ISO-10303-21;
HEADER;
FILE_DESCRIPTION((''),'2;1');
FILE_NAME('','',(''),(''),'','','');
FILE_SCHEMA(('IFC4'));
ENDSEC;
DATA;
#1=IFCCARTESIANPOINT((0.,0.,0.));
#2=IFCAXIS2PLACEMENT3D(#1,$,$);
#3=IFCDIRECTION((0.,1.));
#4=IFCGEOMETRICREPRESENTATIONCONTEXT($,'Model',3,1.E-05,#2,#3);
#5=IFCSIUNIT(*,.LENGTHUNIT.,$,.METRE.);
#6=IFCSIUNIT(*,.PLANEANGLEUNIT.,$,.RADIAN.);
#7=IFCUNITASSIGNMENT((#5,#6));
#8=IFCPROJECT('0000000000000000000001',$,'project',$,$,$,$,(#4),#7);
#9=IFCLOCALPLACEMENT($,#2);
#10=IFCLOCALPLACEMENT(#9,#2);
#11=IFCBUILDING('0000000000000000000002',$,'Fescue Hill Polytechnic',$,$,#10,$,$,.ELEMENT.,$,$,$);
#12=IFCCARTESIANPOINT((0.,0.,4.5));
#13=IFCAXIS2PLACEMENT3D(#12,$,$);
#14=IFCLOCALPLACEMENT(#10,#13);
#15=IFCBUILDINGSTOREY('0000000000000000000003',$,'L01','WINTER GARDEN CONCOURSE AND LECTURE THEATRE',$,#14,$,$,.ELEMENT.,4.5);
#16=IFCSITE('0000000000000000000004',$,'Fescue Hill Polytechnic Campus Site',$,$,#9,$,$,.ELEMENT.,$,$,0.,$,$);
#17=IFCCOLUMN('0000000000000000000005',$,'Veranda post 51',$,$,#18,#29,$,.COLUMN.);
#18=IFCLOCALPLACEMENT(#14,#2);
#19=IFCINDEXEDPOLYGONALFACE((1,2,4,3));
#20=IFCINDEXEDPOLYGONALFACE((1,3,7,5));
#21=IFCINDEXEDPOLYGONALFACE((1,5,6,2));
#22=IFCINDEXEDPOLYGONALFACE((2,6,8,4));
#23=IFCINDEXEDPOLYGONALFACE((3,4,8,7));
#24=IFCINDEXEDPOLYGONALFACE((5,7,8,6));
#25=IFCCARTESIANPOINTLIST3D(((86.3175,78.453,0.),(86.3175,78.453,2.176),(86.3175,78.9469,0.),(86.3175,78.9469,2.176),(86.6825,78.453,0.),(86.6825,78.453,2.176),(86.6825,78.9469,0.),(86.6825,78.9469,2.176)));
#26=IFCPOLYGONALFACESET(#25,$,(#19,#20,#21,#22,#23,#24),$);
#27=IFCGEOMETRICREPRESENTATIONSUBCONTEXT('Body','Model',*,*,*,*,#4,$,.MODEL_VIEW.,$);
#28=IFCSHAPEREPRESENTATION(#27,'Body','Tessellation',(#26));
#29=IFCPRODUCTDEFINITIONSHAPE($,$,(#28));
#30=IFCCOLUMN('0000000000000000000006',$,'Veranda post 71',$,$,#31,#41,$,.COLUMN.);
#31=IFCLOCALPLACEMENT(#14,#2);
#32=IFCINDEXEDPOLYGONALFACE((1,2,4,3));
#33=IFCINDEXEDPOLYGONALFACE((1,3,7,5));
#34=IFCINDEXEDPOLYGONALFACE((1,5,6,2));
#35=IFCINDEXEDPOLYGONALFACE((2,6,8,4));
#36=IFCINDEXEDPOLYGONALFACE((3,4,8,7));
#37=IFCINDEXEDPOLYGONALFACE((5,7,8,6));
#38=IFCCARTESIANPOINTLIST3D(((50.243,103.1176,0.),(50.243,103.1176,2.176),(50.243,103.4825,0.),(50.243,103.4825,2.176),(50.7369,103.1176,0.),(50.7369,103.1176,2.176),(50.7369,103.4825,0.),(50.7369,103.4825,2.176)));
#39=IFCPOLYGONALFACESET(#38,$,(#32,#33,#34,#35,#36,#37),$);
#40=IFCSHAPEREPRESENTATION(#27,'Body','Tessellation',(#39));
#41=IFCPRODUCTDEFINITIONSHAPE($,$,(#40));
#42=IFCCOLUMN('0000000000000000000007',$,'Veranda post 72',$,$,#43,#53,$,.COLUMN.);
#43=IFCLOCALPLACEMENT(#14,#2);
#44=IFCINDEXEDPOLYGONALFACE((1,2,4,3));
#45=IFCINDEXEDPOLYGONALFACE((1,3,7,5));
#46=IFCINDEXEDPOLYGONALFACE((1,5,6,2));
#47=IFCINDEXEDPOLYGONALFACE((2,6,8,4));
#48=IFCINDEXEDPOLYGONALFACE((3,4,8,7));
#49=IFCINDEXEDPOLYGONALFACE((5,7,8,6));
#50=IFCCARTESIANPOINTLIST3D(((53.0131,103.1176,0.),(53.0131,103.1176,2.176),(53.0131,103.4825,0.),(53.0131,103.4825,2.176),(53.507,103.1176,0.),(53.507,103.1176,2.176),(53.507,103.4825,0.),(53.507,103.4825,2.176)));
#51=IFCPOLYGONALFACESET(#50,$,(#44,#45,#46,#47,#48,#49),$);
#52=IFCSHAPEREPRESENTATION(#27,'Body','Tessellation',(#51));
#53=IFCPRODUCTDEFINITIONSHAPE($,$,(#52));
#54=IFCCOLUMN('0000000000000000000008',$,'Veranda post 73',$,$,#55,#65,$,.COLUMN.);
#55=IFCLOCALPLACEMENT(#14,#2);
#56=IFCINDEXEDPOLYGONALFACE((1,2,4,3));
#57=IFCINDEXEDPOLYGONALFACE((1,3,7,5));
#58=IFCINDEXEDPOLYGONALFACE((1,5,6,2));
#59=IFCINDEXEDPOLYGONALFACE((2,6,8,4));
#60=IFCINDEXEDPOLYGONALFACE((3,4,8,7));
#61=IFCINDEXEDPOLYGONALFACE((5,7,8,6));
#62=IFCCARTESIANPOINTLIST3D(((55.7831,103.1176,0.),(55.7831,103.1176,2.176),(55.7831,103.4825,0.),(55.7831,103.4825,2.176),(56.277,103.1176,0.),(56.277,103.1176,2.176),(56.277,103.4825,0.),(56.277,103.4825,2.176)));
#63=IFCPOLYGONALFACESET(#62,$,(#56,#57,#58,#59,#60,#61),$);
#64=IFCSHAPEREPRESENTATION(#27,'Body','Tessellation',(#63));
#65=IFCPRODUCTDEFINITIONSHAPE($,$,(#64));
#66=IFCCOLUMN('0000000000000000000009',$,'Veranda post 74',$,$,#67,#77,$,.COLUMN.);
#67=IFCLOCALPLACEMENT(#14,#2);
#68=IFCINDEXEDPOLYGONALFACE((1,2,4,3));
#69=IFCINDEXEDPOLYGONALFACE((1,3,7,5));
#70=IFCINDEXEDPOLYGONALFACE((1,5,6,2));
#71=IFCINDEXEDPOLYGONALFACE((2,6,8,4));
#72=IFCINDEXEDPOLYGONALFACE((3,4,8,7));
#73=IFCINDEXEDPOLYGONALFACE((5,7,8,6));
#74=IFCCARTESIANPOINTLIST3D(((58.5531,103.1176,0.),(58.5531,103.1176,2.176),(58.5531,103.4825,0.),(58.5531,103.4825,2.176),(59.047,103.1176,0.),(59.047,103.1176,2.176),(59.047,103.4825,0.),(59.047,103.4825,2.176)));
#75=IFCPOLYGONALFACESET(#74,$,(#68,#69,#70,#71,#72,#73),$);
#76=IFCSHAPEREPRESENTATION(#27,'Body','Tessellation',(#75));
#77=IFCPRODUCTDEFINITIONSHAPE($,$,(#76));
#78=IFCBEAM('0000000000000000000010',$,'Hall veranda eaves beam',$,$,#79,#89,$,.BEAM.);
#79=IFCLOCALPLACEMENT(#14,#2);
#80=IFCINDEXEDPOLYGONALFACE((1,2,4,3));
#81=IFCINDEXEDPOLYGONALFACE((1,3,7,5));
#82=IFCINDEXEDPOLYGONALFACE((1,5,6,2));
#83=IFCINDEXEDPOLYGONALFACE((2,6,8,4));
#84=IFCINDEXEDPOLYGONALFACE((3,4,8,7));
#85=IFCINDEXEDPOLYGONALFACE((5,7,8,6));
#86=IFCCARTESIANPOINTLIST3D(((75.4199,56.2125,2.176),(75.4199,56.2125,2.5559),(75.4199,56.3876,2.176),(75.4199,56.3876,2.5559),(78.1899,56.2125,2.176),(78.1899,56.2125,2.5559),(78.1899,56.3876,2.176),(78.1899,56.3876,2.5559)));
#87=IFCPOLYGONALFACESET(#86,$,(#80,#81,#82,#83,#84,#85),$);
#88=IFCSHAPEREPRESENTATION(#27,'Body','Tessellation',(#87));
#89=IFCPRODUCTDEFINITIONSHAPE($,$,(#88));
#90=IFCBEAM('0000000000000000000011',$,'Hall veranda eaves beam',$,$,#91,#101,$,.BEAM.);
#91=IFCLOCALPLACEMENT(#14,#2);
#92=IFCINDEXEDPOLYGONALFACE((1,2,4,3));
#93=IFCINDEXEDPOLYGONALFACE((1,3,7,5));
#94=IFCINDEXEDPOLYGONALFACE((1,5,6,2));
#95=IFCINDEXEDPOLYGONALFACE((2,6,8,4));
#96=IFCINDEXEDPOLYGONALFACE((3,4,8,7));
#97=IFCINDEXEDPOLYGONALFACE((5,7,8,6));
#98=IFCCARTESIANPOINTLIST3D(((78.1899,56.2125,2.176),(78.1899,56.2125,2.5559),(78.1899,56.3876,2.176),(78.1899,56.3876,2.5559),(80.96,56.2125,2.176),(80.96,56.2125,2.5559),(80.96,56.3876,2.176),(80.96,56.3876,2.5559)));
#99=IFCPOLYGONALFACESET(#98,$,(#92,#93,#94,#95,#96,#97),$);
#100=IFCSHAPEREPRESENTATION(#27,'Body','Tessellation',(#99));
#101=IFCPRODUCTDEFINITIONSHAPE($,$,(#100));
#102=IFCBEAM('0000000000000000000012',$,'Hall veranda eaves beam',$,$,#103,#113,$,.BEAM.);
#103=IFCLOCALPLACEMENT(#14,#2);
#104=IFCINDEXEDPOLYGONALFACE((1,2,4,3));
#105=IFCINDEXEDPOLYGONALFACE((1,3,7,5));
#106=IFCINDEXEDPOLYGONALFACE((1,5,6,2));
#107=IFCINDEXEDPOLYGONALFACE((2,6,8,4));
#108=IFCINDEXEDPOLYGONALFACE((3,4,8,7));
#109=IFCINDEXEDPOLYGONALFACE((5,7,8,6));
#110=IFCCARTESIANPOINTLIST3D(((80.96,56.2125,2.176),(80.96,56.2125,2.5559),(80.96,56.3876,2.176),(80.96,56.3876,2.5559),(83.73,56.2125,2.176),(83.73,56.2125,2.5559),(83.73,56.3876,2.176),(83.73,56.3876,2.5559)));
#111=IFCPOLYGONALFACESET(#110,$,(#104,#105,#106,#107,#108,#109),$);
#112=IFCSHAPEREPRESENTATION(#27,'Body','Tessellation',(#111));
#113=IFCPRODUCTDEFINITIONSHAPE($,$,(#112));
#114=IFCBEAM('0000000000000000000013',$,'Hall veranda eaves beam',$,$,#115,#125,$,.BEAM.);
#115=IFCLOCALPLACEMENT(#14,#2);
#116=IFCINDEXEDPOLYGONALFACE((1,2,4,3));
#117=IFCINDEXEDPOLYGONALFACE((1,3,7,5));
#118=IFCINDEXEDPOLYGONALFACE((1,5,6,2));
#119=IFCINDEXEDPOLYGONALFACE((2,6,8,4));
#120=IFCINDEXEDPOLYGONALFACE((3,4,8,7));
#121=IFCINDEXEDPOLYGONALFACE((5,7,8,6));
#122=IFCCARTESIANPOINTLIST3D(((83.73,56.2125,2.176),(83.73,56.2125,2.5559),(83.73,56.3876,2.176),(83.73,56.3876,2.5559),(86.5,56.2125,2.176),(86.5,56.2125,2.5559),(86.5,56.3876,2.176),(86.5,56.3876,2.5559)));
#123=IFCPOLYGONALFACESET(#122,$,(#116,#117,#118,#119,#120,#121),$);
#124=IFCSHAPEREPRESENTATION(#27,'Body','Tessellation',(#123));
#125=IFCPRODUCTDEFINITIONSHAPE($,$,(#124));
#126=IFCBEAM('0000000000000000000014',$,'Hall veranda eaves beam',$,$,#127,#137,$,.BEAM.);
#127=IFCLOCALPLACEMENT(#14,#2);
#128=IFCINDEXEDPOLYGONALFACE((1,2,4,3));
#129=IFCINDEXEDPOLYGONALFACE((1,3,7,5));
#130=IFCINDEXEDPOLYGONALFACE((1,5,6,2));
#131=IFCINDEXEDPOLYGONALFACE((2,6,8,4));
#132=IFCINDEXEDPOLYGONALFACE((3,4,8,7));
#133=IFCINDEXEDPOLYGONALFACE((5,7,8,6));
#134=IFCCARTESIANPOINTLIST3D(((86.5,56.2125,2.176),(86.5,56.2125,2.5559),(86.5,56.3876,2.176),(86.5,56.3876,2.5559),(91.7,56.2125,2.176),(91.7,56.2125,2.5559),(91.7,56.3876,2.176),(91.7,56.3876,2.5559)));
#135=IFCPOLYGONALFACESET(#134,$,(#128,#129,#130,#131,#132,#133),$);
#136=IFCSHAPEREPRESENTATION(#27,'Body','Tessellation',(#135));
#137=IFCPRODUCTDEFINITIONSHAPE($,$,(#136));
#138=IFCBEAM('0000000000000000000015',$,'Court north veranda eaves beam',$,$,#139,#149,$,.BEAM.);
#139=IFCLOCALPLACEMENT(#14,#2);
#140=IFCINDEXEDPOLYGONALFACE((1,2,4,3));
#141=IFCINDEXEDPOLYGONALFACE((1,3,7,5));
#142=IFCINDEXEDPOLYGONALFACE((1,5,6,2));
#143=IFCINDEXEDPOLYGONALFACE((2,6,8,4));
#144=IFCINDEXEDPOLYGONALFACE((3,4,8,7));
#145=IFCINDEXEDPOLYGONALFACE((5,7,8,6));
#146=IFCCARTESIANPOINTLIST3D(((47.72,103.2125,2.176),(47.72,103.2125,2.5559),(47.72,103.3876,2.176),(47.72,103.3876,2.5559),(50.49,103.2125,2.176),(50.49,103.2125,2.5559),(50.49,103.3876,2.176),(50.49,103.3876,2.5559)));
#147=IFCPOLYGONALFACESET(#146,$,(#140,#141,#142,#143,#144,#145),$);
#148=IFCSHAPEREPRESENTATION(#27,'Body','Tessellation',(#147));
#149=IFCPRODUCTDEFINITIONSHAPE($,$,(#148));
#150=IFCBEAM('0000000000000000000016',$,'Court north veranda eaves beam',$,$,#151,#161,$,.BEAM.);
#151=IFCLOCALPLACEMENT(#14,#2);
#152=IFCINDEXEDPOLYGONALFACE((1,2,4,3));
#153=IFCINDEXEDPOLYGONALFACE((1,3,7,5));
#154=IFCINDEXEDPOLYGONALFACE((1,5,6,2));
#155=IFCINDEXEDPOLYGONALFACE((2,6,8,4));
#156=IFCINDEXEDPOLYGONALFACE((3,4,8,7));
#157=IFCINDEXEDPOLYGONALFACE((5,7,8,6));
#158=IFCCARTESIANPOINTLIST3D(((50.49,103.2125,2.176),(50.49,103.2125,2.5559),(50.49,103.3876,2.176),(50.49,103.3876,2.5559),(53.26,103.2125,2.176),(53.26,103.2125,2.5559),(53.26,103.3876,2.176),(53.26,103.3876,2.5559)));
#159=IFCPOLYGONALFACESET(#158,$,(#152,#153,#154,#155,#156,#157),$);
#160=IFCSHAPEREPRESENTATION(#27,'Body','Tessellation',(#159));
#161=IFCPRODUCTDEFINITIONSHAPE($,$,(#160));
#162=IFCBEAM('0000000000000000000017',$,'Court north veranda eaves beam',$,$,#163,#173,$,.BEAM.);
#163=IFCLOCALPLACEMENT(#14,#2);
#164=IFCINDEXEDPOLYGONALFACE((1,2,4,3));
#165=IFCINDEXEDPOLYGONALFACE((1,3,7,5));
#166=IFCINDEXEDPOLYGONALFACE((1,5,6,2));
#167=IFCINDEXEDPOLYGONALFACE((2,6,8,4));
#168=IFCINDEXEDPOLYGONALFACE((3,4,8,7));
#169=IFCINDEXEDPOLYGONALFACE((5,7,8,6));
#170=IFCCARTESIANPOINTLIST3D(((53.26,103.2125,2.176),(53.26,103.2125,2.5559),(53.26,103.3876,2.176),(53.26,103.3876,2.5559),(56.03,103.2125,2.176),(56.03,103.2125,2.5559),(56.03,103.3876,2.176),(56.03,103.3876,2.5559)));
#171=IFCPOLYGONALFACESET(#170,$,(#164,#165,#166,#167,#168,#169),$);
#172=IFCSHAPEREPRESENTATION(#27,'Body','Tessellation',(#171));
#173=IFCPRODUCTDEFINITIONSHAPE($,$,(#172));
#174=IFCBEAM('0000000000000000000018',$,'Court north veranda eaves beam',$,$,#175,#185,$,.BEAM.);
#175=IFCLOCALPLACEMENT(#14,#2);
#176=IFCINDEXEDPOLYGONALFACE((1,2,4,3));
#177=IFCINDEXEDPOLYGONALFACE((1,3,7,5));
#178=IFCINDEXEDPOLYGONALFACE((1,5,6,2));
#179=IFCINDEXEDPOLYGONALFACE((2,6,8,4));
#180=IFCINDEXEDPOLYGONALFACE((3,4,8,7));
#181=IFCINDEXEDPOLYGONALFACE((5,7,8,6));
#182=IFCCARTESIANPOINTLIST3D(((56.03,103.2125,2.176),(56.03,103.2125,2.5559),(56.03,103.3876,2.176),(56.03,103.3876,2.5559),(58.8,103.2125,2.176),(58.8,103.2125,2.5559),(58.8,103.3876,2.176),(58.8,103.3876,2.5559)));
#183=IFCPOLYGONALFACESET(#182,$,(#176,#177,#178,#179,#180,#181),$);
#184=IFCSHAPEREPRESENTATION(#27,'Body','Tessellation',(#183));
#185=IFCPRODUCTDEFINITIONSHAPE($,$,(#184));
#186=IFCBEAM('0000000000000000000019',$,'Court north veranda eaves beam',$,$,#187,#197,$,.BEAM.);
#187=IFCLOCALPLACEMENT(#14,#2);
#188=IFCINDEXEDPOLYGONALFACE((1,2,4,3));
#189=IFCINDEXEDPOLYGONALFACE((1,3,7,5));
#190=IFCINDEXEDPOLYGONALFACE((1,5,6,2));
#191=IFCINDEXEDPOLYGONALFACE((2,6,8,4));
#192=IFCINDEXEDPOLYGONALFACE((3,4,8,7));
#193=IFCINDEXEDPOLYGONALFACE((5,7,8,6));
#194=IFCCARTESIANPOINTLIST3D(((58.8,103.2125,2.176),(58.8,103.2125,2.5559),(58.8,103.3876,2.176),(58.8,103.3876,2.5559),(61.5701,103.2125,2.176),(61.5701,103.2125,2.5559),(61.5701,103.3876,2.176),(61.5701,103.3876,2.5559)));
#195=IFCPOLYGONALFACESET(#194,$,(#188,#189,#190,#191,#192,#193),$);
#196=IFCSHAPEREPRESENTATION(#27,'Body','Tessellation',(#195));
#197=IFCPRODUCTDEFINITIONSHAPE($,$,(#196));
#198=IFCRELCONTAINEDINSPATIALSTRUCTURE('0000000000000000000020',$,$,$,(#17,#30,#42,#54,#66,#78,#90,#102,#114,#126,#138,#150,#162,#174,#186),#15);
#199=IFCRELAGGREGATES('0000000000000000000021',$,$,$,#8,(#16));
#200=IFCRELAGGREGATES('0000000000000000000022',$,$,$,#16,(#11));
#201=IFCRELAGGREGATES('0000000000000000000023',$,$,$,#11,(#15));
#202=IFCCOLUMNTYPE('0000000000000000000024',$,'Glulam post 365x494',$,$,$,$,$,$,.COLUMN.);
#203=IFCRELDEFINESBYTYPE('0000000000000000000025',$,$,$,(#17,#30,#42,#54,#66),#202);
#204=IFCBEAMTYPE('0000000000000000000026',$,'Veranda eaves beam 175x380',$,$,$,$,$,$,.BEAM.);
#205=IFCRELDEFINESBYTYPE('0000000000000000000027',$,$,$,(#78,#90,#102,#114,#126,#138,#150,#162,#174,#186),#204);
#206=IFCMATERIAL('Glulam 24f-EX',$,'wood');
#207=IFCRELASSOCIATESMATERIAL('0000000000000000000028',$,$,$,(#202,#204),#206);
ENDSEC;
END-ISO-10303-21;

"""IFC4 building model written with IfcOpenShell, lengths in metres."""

from ifc_helpers import new_model, si_unit, direction, frame, origin, origin_2d, place, context, subcontext, project, spatial, rectangle, extrude, material, material_profile, profile_set, type_object, element, save


model = new_model("IFC4")

# Units and contexts
model_context = context("Model", 3, precision=1e-05, world=origin(), true_north=direction((0.0, 1.0)))
body_context = subcontext(model_context, "Body", "Model", "MODEL_VIEW")
ifc_project = project(units=[si_unit("LENGTHUNIT", "METRE"), si_unit("PLANEANGLEUNIT", "RADIAN")], contexts=[model_context])

# Site, building, storey
site_placement = place(None, origin())
site = spatial("IfcSite", under=ifc_project, at=site_placement, Name="Fescue Hill Polytechnic Campus Site", CompositionType="ELEMENT", RefElevation=0.0)
building_placement = place(site_placement, origin())
building = spatial("IfcBuilding", under=site, at=building_placement, Name="Fescue Hill Polytechnic", CompositionType="ELEMENT")
storey_placement = place(building_placement, frame((0.0, 0.0, 4.5)))
storey = spatial("IfcBuildingStorey", under=building, at=storey_placement, Name="L01", Description="WINTER GARDEN CONCOURSE AND LECTURE THEATRE", CompositionType="ELEMENT", Elevation=4.5)

# Columns
ifc_material_1 = material(Name="Glulam 24f-EX", Category="wood")
ifc_material_profile_1 = material_profile(ifc_material_1, rectangle(XDim=0.365, YDim=0.4939, at=origin_2d()), Name="Glulam post 365x494")
ifc_profile_set_1 = profile_set([ifc_material_profile_1], Name="Glulam 24f-EX")
column_type = type_object("IfcColumnType", Name="Glulam post 365x494", PredefinedType="COLUMN", material=ifc_profile_set_1)
for number, where, z_axis, x_axis, name in (
    (1, (86.5, 78.7, 0.0), (0.0, 0.0, 1.0), (1.0, 0.0, 0.0), "Veranda post 51"),
    (2, (50.49, 103.3, 0.0), (0.0, 0.0, 1.0), (0.0, 1.0, 0.0), "Veranda post 71"),
    (3, (53.26, 103.3, 0.0), (0.0, 0.0, 1.0), (0.0, 1.0, 0.0), "Veranda post 72"),
    (4, (56.03, 103.3, 0.0), (0.0, 0.0, 1.0), (0.0, 1.0, 0.0), "Veranda post 73"),
    (5, (58.8, 103.3, 0.0), (0.0, 0.0, 1.0), (0.0, 1.0, 0.0), "Veranda post 74"),
):
    element("IfcColumn", number, at=place(storey_placement, frame(where, z_axis=z_axis, x_axis=x_axis)), inside=storey, type_object=column_type, Name=name, PredefinedType="COLUMN", context=body_context, shape_type="SweptSolid", body=[
        extrude(rectangle(XDim=0.365, YDim=0.4939, at=origin_2d()), origin(), (0.0, 0.0, 1.0), 2.176),
    ])

# Beams
ifc_material_profile_2 = material_profile(ifc_material_1, rectangle(XDim=0.175, YDim=0.3799, at=origin_2d()), Name="Veranda eaves beam 175x380")
ifc_profile_set_2 = profile_set([ifc_material_profile_2], Name="Glulam 24f-EX")
beam_type = type_object("IfcBeamType", Name="Veranda eaves beam 175x380", PredefinedType="BEAM", material=ifc_profile_set_2)
for number, where, z_axis, x_axis, name in (
    (6, (75.4199, 56.3, 2.366), (1.0, 0.0, 0.0), (0.0, 1.0, 0.0), "Hall veranda eaves beam"),
    (7, (78.1899, 56.3, 2.366), (1.0, 0.0, 0.0), (0.0, 1.0, 0.0), "Hall veranda eaves beam"),
    (8, (80.96, 56.3, 2.366), (1.0, 0.0, 0.0), (0.0, 1.0, 0.0), "Hall veranda eaves beam"),
    (9, (83.73, 56.3, 2.366), (1.0, 0.0, 0.0), (0.0, 1.0, 0.0), "Hall veranda eaves beam"),
):
    element("IfcBeam", number, at=place(storey_placement, frame(where, z_axis=z_axis, x_axis=x_axis)), inside=storey, type_object=beam_type, Name=name, PredefinedType="BEAM", context=body_context, shape_type="SweptSolid", body=[
        extrude(rectangle(XDim=0.175, YDim=0.3799, at=origin_2d()), origin(), (0.0, 0.0, 1.0), 2.77),
    ])
beam_placement = place(storey_placement, frame((86.5, 56.3, 2.366), z_axis=(1.0, 0.0, 0.0), x_axis=(0.0, 1.0, 0.0)))
element("IfcBeam", 10, at=beam_placement, inside=storey, type_object=beam_type, Name="Hall veranda eaves beam", PredefinedType="BEAM", context=body_context, shape_type="SweptSolid", body=[
    extrude(rectangle(XDim=0.175, YDim=0.3799, at=origin_2d()), origin(), (0.0, 0.0, 1.0), 5.2),
])
for number, where, z_axis, x_axis, name in (
    (11, (47.72, 103.3, 2.366), (1.0, 0.0, 0.0), (0.0, 1.0, 0.0), "Court north veranda eaves beam"),
    (12, (50.49, 103.3, 2.366), (1.0, 0.0, 0.0), (0.0, 1.0, 0.0), "Court north veranda eaves beam"),
    (13, (53.26, 103.3, 2.366), (1.0, 0.0, 0.0), (0.0, 1.0, 0.0), "Court north veranda eaves beam"),
    (14, (56.03, 103.3, 2.366), (1.0, 0.0, 0.0), (0.0, 1.0, 0.0), "Court north veranda eaves beam"),
    (15, (58.8, 103.3, 2.366), (1.0, 0.0, 0.0), (0.0, 1.0, 0.0), "Court north veranda eaves beam"),
):
    element("IfcBeam", number, at=place(storey_placement, frame(where, z_axis=z_axis, x_axis=x_axis)), inside=storey, type_object=beam_type, Name=name, PredefinedType="BEAM", context=body_context, shape_type="SweptSolid", body=[
        extrude(rectangle(XDim=0.175, YDim=0.3799, at=origin_2d()), origin(), (0.0, 0.0, 1.0), 2.77),
    ])

save(model, "model.ifc")
